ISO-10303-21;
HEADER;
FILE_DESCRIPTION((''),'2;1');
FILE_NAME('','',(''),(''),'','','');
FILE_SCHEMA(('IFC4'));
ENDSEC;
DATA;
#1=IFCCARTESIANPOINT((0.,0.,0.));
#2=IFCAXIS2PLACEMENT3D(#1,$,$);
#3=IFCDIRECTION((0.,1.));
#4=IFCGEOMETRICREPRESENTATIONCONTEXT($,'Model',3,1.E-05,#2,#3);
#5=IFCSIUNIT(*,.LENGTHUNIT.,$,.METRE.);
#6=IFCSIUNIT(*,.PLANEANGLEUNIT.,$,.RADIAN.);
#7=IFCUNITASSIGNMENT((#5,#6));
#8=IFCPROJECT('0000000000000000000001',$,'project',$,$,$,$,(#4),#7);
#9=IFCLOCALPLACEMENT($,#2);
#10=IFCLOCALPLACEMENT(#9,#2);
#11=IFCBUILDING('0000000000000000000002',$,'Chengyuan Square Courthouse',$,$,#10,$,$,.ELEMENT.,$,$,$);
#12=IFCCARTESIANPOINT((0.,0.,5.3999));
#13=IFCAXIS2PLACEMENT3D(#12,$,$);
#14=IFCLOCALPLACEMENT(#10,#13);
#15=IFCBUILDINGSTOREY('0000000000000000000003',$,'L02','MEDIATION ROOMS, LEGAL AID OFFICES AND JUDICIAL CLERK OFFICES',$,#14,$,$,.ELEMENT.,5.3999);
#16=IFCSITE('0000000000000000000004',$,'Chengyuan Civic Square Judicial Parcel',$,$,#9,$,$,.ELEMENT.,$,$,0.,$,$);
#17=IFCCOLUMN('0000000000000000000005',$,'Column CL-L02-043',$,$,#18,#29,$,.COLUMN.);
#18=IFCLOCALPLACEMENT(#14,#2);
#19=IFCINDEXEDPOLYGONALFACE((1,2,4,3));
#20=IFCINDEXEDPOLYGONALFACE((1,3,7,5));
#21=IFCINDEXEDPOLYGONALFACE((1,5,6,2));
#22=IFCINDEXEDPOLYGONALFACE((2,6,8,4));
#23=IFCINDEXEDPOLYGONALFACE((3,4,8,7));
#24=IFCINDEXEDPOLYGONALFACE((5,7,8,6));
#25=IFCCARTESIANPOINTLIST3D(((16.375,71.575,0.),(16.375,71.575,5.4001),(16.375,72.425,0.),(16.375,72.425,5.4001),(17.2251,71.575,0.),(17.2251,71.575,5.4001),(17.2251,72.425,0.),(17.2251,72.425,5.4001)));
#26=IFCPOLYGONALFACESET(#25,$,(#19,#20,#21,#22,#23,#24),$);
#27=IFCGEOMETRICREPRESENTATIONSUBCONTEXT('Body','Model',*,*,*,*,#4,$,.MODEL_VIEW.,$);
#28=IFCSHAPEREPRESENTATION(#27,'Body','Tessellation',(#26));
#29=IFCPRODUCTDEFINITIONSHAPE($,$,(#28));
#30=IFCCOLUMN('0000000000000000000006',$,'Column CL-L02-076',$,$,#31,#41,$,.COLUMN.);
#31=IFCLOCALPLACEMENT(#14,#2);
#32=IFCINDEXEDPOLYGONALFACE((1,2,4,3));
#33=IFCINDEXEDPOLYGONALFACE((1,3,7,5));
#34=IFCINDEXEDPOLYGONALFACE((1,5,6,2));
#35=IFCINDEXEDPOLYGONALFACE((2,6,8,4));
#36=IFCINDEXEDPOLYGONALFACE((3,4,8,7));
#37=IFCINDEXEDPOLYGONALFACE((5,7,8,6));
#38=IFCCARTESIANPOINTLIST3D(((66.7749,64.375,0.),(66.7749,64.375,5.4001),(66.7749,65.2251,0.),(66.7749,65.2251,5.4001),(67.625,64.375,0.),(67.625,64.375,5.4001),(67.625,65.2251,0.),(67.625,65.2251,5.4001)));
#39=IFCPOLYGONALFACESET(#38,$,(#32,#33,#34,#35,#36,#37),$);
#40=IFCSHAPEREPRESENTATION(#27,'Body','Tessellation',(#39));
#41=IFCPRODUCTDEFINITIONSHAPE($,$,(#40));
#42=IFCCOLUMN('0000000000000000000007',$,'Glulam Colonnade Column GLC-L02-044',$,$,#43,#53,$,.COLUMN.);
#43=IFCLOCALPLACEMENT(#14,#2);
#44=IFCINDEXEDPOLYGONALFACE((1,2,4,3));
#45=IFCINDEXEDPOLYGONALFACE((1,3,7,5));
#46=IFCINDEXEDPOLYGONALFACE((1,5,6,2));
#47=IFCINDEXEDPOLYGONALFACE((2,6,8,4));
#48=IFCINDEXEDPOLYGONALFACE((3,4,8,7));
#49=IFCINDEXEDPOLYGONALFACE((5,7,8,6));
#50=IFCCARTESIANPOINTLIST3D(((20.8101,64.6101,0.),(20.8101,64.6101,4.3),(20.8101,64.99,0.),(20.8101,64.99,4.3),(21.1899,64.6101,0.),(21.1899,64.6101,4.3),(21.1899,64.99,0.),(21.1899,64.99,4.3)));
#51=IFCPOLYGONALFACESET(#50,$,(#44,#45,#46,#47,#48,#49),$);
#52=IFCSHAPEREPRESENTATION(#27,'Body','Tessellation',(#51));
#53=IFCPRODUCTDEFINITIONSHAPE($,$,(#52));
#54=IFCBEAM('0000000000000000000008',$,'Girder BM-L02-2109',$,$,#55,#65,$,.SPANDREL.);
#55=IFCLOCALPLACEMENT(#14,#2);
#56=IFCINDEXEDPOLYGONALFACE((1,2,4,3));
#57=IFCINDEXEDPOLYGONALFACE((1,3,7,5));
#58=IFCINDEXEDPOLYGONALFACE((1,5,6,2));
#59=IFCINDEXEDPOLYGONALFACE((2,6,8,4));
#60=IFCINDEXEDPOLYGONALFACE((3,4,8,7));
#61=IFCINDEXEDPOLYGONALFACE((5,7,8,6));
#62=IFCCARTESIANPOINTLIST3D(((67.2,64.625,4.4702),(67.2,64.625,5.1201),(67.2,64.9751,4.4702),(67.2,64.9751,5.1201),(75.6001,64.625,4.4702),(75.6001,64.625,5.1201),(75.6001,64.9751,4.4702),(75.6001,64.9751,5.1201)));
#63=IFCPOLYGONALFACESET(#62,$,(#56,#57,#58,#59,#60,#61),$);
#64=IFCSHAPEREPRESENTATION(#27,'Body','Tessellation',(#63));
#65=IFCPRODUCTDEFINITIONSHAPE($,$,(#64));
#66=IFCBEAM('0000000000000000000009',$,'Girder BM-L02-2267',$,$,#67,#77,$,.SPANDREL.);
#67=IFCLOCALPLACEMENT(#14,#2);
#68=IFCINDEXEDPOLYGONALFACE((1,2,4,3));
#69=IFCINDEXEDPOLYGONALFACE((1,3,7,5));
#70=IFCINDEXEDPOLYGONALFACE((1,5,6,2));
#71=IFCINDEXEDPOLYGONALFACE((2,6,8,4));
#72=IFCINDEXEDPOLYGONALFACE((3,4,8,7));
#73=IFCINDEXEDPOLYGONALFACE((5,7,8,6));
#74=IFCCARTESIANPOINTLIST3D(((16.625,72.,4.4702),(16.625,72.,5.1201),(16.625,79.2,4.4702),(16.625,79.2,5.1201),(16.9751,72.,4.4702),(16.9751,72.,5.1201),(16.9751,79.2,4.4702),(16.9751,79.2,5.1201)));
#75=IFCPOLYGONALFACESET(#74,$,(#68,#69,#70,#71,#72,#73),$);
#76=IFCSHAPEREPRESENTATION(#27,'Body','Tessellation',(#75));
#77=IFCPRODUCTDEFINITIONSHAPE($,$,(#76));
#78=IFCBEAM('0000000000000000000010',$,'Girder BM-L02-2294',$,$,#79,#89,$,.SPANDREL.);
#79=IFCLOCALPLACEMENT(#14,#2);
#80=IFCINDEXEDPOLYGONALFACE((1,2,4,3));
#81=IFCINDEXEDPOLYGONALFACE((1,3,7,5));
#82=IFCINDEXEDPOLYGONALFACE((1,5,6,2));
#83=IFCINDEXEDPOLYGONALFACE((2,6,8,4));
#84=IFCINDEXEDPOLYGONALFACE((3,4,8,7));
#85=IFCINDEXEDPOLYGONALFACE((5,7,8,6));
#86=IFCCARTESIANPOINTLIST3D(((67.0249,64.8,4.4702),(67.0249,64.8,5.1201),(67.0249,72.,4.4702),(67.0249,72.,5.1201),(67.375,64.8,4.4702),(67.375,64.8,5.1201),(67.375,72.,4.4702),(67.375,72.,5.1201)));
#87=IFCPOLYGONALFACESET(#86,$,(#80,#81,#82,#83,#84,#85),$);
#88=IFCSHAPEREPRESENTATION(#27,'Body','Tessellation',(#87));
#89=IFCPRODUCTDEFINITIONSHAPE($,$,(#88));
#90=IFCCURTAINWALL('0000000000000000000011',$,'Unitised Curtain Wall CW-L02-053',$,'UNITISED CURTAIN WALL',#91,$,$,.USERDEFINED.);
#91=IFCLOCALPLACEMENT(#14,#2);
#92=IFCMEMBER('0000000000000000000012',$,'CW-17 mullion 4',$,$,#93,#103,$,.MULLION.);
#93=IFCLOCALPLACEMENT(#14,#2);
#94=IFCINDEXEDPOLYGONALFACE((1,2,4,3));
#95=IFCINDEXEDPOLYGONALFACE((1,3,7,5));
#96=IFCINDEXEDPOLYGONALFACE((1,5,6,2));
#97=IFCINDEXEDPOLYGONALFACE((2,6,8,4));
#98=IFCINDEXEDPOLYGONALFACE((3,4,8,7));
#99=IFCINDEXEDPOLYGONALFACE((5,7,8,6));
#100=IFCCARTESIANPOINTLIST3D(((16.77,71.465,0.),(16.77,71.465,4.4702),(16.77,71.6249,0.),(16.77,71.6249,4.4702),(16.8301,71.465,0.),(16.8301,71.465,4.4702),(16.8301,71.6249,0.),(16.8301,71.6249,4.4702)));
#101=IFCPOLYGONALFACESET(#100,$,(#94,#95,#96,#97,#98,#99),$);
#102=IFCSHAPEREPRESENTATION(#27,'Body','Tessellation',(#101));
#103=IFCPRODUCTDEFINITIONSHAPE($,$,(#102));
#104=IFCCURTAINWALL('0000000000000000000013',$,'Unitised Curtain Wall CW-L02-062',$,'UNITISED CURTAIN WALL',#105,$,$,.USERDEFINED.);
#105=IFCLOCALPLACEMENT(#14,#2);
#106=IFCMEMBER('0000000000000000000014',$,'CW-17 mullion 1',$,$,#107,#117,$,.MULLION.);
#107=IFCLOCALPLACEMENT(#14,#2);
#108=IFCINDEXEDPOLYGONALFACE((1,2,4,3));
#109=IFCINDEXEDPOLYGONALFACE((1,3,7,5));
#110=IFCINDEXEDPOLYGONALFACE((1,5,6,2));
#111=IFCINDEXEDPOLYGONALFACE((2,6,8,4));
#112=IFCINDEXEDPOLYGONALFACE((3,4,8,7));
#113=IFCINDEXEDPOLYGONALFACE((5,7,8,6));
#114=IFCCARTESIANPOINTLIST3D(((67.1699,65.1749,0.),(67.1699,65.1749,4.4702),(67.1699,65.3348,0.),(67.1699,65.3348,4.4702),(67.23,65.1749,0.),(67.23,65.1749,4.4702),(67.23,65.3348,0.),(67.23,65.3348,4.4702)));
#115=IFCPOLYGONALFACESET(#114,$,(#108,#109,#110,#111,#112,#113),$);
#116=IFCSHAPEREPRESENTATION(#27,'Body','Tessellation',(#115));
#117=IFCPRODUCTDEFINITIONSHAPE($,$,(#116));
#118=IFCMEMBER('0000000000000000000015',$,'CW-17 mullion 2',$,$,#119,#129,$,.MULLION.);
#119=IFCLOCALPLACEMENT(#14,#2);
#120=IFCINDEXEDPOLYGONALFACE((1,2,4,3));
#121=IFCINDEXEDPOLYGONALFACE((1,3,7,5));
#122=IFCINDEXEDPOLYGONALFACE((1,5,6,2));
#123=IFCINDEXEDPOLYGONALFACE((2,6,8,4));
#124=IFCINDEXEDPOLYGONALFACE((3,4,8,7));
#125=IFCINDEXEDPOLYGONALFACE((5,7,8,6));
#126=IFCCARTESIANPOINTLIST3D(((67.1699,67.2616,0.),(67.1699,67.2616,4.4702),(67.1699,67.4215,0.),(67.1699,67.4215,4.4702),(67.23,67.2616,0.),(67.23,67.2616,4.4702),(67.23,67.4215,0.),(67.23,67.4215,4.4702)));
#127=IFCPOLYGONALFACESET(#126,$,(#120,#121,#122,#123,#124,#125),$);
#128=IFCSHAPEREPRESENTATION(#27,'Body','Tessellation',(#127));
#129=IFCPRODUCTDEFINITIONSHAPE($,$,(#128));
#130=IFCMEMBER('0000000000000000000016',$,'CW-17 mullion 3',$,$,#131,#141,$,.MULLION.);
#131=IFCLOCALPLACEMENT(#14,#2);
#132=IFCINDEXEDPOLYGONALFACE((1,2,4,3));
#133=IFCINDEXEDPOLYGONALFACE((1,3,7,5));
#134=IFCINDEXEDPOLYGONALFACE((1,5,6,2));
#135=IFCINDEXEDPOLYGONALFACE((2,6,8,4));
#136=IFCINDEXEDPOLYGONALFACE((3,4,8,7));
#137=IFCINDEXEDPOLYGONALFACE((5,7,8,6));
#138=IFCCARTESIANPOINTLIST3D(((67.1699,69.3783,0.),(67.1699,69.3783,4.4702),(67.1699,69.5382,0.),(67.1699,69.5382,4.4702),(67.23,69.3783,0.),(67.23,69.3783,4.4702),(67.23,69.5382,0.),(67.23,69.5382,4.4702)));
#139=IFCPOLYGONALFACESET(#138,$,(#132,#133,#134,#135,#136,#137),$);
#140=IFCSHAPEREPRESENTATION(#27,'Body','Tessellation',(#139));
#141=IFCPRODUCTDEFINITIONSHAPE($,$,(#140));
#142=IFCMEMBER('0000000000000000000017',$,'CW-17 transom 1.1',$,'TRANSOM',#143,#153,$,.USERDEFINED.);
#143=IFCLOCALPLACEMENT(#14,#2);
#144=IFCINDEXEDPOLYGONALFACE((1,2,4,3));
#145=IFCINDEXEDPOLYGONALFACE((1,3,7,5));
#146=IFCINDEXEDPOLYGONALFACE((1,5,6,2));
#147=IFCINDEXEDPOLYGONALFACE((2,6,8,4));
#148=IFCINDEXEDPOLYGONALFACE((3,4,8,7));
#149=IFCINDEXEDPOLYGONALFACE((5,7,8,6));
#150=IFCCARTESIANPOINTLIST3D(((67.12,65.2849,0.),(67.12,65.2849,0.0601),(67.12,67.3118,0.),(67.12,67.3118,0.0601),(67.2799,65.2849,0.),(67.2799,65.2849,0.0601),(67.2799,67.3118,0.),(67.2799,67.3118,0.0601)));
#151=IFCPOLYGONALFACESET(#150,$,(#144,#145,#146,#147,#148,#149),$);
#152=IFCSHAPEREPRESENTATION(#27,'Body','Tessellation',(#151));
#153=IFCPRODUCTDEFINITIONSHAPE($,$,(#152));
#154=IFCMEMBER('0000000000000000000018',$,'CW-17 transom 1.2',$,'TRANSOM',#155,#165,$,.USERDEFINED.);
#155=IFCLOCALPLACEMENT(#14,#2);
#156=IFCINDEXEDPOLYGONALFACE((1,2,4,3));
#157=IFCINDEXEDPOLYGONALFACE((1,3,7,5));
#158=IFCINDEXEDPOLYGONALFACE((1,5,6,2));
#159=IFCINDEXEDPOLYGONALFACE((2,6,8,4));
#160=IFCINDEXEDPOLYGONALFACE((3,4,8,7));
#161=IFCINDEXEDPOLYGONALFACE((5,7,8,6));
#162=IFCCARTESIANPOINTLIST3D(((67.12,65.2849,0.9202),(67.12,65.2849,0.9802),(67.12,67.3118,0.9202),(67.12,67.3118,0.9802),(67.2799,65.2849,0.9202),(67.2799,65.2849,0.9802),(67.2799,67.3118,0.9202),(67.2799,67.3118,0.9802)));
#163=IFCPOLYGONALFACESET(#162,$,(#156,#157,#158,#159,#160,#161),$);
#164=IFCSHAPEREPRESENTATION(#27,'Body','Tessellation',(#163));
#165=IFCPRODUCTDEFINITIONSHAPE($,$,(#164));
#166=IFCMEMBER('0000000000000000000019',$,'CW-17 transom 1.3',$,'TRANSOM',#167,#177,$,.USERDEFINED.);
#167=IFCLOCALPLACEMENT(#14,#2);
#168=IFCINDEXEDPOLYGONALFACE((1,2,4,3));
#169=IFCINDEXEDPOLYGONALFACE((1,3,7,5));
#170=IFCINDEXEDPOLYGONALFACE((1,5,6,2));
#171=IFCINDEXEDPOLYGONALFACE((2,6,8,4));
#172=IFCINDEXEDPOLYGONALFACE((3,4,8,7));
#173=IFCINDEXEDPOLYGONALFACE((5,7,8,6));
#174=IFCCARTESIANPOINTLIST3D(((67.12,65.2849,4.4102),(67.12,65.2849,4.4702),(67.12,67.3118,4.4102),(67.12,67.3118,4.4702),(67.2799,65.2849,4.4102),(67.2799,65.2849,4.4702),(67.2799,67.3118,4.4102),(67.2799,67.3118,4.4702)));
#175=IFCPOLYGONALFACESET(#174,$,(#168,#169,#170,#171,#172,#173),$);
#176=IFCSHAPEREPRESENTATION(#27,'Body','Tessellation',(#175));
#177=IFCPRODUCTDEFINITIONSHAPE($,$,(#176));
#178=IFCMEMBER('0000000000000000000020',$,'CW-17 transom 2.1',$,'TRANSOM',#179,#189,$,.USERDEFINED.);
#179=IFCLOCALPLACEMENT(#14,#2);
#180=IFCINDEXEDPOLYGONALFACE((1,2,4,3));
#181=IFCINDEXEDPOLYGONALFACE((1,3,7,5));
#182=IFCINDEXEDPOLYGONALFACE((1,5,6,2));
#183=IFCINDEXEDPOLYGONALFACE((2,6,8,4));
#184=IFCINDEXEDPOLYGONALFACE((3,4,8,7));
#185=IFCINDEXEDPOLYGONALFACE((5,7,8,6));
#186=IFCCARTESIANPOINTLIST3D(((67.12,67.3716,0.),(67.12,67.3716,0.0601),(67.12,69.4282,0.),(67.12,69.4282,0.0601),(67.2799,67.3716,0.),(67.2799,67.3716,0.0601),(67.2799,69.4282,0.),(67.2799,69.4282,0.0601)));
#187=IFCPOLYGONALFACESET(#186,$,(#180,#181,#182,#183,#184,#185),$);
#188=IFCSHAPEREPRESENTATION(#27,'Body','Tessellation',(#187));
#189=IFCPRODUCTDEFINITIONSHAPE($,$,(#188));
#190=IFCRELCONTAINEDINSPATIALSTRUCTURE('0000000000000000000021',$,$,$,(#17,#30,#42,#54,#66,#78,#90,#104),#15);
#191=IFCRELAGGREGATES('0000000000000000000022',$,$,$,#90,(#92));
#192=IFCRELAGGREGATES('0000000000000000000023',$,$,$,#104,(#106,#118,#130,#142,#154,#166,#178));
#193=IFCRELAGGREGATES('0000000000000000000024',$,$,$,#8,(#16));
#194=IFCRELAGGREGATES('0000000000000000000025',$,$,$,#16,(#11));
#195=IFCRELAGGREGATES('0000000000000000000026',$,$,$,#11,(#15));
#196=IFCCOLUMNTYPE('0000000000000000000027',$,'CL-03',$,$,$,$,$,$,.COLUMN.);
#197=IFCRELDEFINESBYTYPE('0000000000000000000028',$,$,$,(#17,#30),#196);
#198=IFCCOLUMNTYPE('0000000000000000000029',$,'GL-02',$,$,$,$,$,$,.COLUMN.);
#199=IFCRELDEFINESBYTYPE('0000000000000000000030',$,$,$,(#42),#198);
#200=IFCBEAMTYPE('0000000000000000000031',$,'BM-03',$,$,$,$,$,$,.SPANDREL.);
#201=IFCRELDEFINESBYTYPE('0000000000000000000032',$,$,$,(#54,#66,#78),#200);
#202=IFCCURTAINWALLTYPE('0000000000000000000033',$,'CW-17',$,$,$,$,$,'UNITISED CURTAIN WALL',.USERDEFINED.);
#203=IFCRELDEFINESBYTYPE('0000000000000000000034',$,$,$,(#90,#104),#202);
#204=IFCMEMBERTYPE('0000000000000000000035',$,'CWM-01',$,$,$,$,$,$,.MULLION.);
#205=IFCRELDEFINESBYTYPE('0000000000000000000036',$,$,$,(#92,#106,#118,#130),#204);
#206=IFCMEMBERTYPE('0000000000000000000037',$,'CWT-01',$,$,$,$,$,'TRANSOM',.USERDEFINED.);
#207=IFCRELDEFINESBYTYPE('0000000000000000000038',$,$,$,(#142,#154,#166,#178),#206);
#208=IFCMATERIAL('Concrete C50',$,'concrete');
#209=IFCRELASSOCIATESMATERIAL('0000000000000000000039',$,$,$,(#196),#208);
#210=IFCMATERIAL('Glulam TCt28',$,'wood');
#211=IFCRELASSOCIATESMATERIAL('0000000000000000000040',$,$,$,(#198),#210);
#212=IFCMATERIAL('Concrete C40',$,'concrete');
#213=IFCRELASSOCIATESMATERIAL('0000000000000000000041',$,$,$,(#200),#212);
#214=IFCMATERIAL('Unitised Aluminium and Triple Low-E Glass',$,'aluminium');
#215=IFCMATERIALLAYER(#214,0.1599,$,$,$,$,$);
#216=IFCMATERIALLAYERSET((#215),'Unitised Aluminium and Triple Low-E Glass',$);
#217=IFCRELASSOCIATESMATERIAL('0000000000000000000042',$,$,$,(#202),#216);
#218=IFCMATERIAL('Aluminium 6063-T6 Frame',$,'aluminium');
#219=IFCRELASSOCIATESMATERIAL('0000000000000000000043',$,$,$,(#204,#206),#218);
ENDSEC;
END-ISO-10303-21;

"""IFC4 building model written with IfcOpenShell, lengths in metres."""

from ifc_helpers import new_model, si_unit, direction, frame, origin, origin_2d, place, context, subcontext, project, spatial, rectangle, extrude, material, layer, layer_set, material_profile, profile_set, type_object, element, aggregate, save


model = new_model("IFC4")

# Units and contexts
model_context = context("Model", 3, precision=1e-05, world=origin(), true_north=direction((0.0, 1.0)))
body_context = subcontext(model_context, "Body", "Model", "MODEL_VIEW")
ifc_project = project(units=[si_unit("LENGTHUNIT", "METRE"), si_unit("PLANEANGLEUNIT", "RADIAN")], contexts=[model_context])

# Site, building, storey
site_placement = place(None, origin())
site = spatial("IfcSite", under=ifc_project, at=site_placement, Name="Chengyuan Civic Square Judicial Parcel", CompositionType="ELEMENT", RefElevation=0.0)
building_placement = place(site_placement, origin())
building = spatial("IfcBuilding", under=site, at=building_placement, Name="Chengyuan Square Courthouse", CompositionType="ELEMENT")
storey_placement = place(building_placement, frame((0.0, 0.0, 5.3999)))
storey = spatial("IfcBuildingStorey", under=building, at=storey_placement, Name="L02", Description="MEDIATION ROOMS, LEGAL AID OFFICES AND JUDICIAL CLERK OFFICES", CompositionType="ELEMENT", Elevation=5.3999)

# Columns
ifc_material_1 = material(Name="Concrete C50", Category="concrete")
ifc_material_profile_1 = material_profile(ifc_material_1, rectangle(XDim=0.8501, YDim=0.8501, at=origin_2d()), Name="RC-COL-850x850")
ifc_profile_set_1 = profile_set([ifc_material_profile_1], Name="Concrete C50")
column_type_1 = type_object("IfcColumnType", Name="CL-03", PredefinedType="COLUMN", material=ifc_profile_set_1)
for number, where, z_axis, x_axis, name in (
    (1, (16.8, 72.0, 0.0), (0.0, 0.0, 1.0), (1.0, 0.0, 0.0), "Column CL-L02-043"),
    (2, (67.2, 64.8, 0.0), (0.0, 0.0, 1.0), (1.0, 0.0, 0.0), "Column CL-L02-076"),
):
    element("IfcColumn", number, at=place(storey_placement, frame(where, z_axis=z_axis, x_axis=x_axis)), inside=storey, type_object=column_type_1, Name=name, PredefinedType="COLUMN", context=body_context, shape_type="SweptSolid", body=[
        extrude(rectangle(XDim=0.8501, YDim=0.8501, at=origin_2d()), origin(), (0.0, 0.0, 1.0), 5.4001),
    ])
ifc_material_2 = material(Name="Glulam TCt28", Category="wood")
ifc_material_profile_2 = material_profile(ifc_material_2, rectangle(XDim=0.3799, YDim=0.3799, at=origin_2d()), Name="GL-COL-380x380")
ifc_profile_set_2 = profile_set([ifc_material_profile_2], Name="Glulam TCt28")
column_type_2 = type_object("IfcColumnType", Name="GL-02", PredefinedType="COLUMN", material=ifc_profile_set_2)
column_placement = place(storey_placement, frame((21.0, 64.8, 0.0), z_axis=(0.0, 0.0, 1.0), x_axis=(1.0, 0.0, 0.0)))
element("IfcColumn", 3, at=column_placement, inside=storey, type_object=column_type_2, Name="Glulam Colonnade Column GLC-L02-044", PredefinedType="COLUMN", context=body_context, shape_type="SweptSolid", body=[
    extrude(rectangle(XDim=0.3799, YDim=0.3799, at=origin_2d()), origin(), (0.0, 0.0, 1.0), 4.3),
])

# Beams
ifc_material_3 = material(Name="Concrete C40", Category="concrete")
ifc_material_profile_3 = material_profile(ifc_material_3, rectangle(XDim=0.3501, YDim=0.6499, at=origin_2d()), Name="RC-BM-350x650")
ifc_profile_set_3 = profile_set([ifc_material_profile_3], Name="Concrete C40")
beam_type_1 = type_object("IfcBeamType", Name="BM-03", PredefinedType="SPANDREL", material=ifc_profile_set_3)
beam_1_placement = place(storey_placement, frame((67.2, 64.8, 4.7952), z_axis=(1.0, 0.0, 0.0), x_axis=(0.0, 1.0, 0.0)))
element("IfcBeam", 4, at=beam_1_placement, inside=storey, type_object=beam_type_1, Name="Girder BM-L02-2109", PredefinedType="SPANDREL", context=body_context, shape_type="SweptSolid", body=[
    extrude(rectangle(XDim=0.3501, YDim=0.6499, at=origin_2d()), origin(), (0.0, 0.0, 1.0), 8.4001),
])
for number, where, z_axis, x_axis, name in (
    (5, (16.8, 72.0, 4.7952), (0.0, 1.0, 0.0), (-1.0, 0.0, 0.0), "Girder BM-L02-2267"),
    (6, (67.2, 64.8, 4.7952), (0.0, 1.0, 0.0), (-1.0, 0.0, 0.0), "Girder BM-L02-2294"),
):
    element("IfcBeam", number, at=place(storey_placement, frame(where, z_axis=z_axis, x_axis=x_axis)), inside=storey, type_object=beam_type_1, Name=name, PredefinedType="SPANDREL", context=body_context, shape_type="SweptSolid", body=[
        extrude(rectangle(XDim=0.3501, YDim=0.6499, at=origin_2d()), origin(), (0.0, 0.0, 1.0), 7.2),
    ])

# Curtain wall, member
ifc_material_4 = material(Name="Unitised Aluminium and Triple Low-E Glass", Category="aluminium")
ifc_layer_1 = layer(ifc_material_4, 0.1599)
ifc_layer_set_1 = layer_set([ifc_layer_1], Name="Unitised Aluminium and Triple Low-E Glass")
curtain_wall_type = type_object("IfcCurtainWallType", Name="CW-17", ElementType="UNITISED CURTAIN WALL", PredefinedType="USERDEFINED", material=ifc_layer_set_1)
curtain_wall_1_placement = place(storey_placement, origin())
curtain_wall_1 = element("IfcCurtainWall", 7, at=curtain_wall_1_placement, inside=storey, type_object=curtain_wall_type, Name="Unitised Curtain Wall CW-L02-053", ObjectType="UNITISED CURTAIN WALL", PredefinedType="USERDEFINED")
ifc_material_5 = material(Name="Aluminium 6063-T6 Frame", Category="aluminium")
ifc_material_profile_4 = material_profile(ifc_material_5, rectangle(XDim=0.0601, YDim=0.1599, at=origin_2d()), Name="CW-MUL-60x160")
ifc_profile_set_4 = profile_set([ifc_material_profile_4], Name="Aluminium 6063-T6 Frame")
member_type_1 = type_object("IfcMemberType", Name="CWM-01", PredefinedType="MULLION", material=ifc_profile_set_4)
member_1_placement = place(storey_placement, frame((16.8, 71.5449, 0.0), z_axis=(0.0, 0.0, 1.0), x_axis=(-1.0, 0.0, 0.0)))
member_1 = element("IfcMember", 8, at=member_1_placement, type_object=member_type_1, Name="CW-17 mullion 4", PredefinedType="MULLION", context=body_context, shape_type="SweptSolid", body=[
    extrude(rectangle(XDim=0.0601, YDim=0.1599, at=origin_2d()), origin(), (0.0, 0.0, 1.0), 4.4702),
])
aggregate(curtain_wall_1, [member_1])

# Curtain wall, members
curtain_wall_2_placement = place(storey_placement, origin())
curtain_wall_2 = element("IfcCurtainWall", 9, at=curtain_wall_2_placement, inside=storey, type_object=curtain_wall_type, Name="Unitised Curtain Wall CW-L02-062", ObjectType="UNITISED CURTAIN WALL", PredefinedType="USERDEFINED")
member_2_placement = place(storey_placement, frame((67.2, 65.2549, 0.0), z_axis=(0.0, 0.0, 1.0), x_axis=(-1.0, 0.0, 0.0)))
member_2 = element("IfcMember", 10, at=member_2_placement, type_object=member_type_1, Name="CW-17 mullion 1", PredefinedType="MULLION", context=body_context, shape_type="SweptSolid", body=[
    extrude(rectangle(XDim=0.0601, YDim=0.1599, at=origin_2d()), origin(), (0.0, 0.0, 1.0), 4.4702),
])
member_3_placement = place(storey_placement, frame((67.2, 67.3416, 0.0), z_axis=(0.0, 0.0, 1.0), x_axis=(-1.0, 0.0, 0.0)))
member_3 = element("IfcMember", 11, at=member_3_placement, type_object=member_type_1, Name="CW-17 mullion 2", PredefinedType="MULLION", context=body_context, shape_type="SweptSolid", body=[
    extrude(rectangle(XDim=0.0601, YDim=0.1599, at=origin_2d()), origin(), (0.0, 0.0, 1.0), 4.4702),
])
member_4_placement = place(storey_placement, frame((67.2, 69.4583, 0.0), z_axis=(0.0, 0.0, 1.0), x_axis=(-1.0, 0.0, 0.0)))
member_4 = element("IfcMember", 12, at=member_4_placement, type_object=member_type_1, Name="CW-17 mullion 3", PredefinedType="MULLION", context=body_context, shape_type="SweptSolid", body=[
    extrude(rectangle(XDim=0.0601, YDim=0.1599, at=origin_2d()), origin(), (0.0, 0.0, 1.0), 4.4702),
])
ifc_material_profile_5 = material_profile(ifc_material_5, rectangle(XDim=0.1599, YDim=0.0601, at=origin_2d()), Name="CW-TRN-60x120")
ifc_profile_set_5 = profile_set([ifc_material_profile_5], Name="Aluminium 6063-T6 Frame")
member_type_2 = type_object("IfcMemberType", Name="CWT-01", ElementType="TRANSOM", PredefinedType="USERDEFINED", material=ifc_profile_set_5)
member_5_placement = place(storey_placement, frame((67.2, 65.2849, 0.03), z_axis=(0.0, 1.0, 0.0), x_axis=(-1.0, 0.0, 0.0)))
member_5 = element("IfcMember", 13, at=member_5_placement, type_object=member_type_2, Name="CW-17 transom 1.1", ObjectType="TRANSOM", PredefinedType="USERDEFINED", context=body_context, shape_type="SweptSolid", body=[
    extrude(rectangle(XDim=0.1599, YDim=0.0601, at=origin_2d()), origin(), (0.0, 0.0, 1.0), 2.0269),
])
member_6_placement = place(storey_placement, frame((67.2, 65.2849, 0.9502), z_axis=(0.0, 1.0, 0.0), x_axis=(-1.0, 0.0, 0.0)))
member_6 = element("IfcMember", 14, at=member_6_placement, type_object=member_type_2, Name="CW-17 transom 1.2", ObjectType="TRANSOM", PredefinedType="USERDEFINED", context=body_context, shape_type="SweptSolid", body=[
    extrude(rectangle(XDim=0.1599, YDim=0.0601, at=origin_2d()), origin(), (0.0, 0.0, 1.0), 2.0269),
])
member_7_placement = place(storey_placement, frame((67.2, 65.2849, 4.4402), z_axis=(0.0, 1.0, 0.0), x_axis=(-1.0, 0.0, 0.0)))
member_7 = element("IfcMember", 15, at=member_7_placement, type_object=member_type_2, Name="CW-17 transom 1.3", ObjectType="TRANSOM", PredefinedType="USERDEFINED", context=body_context, shape_type="SweptSolid", body=[
    extrude(rectangle(XDim=0.1599, YDim=0.0601, at=origin_2d()), origin(), (0.0, 0.0, 1.0), 2.0269),
])
member_8_placement = place(storey_placement, frame((67.2, 67.3716, 0.03), z_axis=(0.0, 1.0, 0.0), x_axis=(-1.0, 0.0, 0.0)))
member_8 = element("IfcMember", 16, at=member_8_placement, type_object=member_type_2, Name="CW-17 transom 2.1", ObjectType="TRANSOM", PredefinedType="USERDEFINED", context=body_context, shape_type="SweptSolid", body=[
    extrude(rectangle(XDim=0.1599, YDim=0.0601, at=origin_2d()), origin(), (0.0, 0.0, 1.0), 2.0566),
])

aggregate(curtain_wall_2, [member_2, member_3, member_4, member_5, member_6, member_7, member_8])

save(model, "model.ifc")
